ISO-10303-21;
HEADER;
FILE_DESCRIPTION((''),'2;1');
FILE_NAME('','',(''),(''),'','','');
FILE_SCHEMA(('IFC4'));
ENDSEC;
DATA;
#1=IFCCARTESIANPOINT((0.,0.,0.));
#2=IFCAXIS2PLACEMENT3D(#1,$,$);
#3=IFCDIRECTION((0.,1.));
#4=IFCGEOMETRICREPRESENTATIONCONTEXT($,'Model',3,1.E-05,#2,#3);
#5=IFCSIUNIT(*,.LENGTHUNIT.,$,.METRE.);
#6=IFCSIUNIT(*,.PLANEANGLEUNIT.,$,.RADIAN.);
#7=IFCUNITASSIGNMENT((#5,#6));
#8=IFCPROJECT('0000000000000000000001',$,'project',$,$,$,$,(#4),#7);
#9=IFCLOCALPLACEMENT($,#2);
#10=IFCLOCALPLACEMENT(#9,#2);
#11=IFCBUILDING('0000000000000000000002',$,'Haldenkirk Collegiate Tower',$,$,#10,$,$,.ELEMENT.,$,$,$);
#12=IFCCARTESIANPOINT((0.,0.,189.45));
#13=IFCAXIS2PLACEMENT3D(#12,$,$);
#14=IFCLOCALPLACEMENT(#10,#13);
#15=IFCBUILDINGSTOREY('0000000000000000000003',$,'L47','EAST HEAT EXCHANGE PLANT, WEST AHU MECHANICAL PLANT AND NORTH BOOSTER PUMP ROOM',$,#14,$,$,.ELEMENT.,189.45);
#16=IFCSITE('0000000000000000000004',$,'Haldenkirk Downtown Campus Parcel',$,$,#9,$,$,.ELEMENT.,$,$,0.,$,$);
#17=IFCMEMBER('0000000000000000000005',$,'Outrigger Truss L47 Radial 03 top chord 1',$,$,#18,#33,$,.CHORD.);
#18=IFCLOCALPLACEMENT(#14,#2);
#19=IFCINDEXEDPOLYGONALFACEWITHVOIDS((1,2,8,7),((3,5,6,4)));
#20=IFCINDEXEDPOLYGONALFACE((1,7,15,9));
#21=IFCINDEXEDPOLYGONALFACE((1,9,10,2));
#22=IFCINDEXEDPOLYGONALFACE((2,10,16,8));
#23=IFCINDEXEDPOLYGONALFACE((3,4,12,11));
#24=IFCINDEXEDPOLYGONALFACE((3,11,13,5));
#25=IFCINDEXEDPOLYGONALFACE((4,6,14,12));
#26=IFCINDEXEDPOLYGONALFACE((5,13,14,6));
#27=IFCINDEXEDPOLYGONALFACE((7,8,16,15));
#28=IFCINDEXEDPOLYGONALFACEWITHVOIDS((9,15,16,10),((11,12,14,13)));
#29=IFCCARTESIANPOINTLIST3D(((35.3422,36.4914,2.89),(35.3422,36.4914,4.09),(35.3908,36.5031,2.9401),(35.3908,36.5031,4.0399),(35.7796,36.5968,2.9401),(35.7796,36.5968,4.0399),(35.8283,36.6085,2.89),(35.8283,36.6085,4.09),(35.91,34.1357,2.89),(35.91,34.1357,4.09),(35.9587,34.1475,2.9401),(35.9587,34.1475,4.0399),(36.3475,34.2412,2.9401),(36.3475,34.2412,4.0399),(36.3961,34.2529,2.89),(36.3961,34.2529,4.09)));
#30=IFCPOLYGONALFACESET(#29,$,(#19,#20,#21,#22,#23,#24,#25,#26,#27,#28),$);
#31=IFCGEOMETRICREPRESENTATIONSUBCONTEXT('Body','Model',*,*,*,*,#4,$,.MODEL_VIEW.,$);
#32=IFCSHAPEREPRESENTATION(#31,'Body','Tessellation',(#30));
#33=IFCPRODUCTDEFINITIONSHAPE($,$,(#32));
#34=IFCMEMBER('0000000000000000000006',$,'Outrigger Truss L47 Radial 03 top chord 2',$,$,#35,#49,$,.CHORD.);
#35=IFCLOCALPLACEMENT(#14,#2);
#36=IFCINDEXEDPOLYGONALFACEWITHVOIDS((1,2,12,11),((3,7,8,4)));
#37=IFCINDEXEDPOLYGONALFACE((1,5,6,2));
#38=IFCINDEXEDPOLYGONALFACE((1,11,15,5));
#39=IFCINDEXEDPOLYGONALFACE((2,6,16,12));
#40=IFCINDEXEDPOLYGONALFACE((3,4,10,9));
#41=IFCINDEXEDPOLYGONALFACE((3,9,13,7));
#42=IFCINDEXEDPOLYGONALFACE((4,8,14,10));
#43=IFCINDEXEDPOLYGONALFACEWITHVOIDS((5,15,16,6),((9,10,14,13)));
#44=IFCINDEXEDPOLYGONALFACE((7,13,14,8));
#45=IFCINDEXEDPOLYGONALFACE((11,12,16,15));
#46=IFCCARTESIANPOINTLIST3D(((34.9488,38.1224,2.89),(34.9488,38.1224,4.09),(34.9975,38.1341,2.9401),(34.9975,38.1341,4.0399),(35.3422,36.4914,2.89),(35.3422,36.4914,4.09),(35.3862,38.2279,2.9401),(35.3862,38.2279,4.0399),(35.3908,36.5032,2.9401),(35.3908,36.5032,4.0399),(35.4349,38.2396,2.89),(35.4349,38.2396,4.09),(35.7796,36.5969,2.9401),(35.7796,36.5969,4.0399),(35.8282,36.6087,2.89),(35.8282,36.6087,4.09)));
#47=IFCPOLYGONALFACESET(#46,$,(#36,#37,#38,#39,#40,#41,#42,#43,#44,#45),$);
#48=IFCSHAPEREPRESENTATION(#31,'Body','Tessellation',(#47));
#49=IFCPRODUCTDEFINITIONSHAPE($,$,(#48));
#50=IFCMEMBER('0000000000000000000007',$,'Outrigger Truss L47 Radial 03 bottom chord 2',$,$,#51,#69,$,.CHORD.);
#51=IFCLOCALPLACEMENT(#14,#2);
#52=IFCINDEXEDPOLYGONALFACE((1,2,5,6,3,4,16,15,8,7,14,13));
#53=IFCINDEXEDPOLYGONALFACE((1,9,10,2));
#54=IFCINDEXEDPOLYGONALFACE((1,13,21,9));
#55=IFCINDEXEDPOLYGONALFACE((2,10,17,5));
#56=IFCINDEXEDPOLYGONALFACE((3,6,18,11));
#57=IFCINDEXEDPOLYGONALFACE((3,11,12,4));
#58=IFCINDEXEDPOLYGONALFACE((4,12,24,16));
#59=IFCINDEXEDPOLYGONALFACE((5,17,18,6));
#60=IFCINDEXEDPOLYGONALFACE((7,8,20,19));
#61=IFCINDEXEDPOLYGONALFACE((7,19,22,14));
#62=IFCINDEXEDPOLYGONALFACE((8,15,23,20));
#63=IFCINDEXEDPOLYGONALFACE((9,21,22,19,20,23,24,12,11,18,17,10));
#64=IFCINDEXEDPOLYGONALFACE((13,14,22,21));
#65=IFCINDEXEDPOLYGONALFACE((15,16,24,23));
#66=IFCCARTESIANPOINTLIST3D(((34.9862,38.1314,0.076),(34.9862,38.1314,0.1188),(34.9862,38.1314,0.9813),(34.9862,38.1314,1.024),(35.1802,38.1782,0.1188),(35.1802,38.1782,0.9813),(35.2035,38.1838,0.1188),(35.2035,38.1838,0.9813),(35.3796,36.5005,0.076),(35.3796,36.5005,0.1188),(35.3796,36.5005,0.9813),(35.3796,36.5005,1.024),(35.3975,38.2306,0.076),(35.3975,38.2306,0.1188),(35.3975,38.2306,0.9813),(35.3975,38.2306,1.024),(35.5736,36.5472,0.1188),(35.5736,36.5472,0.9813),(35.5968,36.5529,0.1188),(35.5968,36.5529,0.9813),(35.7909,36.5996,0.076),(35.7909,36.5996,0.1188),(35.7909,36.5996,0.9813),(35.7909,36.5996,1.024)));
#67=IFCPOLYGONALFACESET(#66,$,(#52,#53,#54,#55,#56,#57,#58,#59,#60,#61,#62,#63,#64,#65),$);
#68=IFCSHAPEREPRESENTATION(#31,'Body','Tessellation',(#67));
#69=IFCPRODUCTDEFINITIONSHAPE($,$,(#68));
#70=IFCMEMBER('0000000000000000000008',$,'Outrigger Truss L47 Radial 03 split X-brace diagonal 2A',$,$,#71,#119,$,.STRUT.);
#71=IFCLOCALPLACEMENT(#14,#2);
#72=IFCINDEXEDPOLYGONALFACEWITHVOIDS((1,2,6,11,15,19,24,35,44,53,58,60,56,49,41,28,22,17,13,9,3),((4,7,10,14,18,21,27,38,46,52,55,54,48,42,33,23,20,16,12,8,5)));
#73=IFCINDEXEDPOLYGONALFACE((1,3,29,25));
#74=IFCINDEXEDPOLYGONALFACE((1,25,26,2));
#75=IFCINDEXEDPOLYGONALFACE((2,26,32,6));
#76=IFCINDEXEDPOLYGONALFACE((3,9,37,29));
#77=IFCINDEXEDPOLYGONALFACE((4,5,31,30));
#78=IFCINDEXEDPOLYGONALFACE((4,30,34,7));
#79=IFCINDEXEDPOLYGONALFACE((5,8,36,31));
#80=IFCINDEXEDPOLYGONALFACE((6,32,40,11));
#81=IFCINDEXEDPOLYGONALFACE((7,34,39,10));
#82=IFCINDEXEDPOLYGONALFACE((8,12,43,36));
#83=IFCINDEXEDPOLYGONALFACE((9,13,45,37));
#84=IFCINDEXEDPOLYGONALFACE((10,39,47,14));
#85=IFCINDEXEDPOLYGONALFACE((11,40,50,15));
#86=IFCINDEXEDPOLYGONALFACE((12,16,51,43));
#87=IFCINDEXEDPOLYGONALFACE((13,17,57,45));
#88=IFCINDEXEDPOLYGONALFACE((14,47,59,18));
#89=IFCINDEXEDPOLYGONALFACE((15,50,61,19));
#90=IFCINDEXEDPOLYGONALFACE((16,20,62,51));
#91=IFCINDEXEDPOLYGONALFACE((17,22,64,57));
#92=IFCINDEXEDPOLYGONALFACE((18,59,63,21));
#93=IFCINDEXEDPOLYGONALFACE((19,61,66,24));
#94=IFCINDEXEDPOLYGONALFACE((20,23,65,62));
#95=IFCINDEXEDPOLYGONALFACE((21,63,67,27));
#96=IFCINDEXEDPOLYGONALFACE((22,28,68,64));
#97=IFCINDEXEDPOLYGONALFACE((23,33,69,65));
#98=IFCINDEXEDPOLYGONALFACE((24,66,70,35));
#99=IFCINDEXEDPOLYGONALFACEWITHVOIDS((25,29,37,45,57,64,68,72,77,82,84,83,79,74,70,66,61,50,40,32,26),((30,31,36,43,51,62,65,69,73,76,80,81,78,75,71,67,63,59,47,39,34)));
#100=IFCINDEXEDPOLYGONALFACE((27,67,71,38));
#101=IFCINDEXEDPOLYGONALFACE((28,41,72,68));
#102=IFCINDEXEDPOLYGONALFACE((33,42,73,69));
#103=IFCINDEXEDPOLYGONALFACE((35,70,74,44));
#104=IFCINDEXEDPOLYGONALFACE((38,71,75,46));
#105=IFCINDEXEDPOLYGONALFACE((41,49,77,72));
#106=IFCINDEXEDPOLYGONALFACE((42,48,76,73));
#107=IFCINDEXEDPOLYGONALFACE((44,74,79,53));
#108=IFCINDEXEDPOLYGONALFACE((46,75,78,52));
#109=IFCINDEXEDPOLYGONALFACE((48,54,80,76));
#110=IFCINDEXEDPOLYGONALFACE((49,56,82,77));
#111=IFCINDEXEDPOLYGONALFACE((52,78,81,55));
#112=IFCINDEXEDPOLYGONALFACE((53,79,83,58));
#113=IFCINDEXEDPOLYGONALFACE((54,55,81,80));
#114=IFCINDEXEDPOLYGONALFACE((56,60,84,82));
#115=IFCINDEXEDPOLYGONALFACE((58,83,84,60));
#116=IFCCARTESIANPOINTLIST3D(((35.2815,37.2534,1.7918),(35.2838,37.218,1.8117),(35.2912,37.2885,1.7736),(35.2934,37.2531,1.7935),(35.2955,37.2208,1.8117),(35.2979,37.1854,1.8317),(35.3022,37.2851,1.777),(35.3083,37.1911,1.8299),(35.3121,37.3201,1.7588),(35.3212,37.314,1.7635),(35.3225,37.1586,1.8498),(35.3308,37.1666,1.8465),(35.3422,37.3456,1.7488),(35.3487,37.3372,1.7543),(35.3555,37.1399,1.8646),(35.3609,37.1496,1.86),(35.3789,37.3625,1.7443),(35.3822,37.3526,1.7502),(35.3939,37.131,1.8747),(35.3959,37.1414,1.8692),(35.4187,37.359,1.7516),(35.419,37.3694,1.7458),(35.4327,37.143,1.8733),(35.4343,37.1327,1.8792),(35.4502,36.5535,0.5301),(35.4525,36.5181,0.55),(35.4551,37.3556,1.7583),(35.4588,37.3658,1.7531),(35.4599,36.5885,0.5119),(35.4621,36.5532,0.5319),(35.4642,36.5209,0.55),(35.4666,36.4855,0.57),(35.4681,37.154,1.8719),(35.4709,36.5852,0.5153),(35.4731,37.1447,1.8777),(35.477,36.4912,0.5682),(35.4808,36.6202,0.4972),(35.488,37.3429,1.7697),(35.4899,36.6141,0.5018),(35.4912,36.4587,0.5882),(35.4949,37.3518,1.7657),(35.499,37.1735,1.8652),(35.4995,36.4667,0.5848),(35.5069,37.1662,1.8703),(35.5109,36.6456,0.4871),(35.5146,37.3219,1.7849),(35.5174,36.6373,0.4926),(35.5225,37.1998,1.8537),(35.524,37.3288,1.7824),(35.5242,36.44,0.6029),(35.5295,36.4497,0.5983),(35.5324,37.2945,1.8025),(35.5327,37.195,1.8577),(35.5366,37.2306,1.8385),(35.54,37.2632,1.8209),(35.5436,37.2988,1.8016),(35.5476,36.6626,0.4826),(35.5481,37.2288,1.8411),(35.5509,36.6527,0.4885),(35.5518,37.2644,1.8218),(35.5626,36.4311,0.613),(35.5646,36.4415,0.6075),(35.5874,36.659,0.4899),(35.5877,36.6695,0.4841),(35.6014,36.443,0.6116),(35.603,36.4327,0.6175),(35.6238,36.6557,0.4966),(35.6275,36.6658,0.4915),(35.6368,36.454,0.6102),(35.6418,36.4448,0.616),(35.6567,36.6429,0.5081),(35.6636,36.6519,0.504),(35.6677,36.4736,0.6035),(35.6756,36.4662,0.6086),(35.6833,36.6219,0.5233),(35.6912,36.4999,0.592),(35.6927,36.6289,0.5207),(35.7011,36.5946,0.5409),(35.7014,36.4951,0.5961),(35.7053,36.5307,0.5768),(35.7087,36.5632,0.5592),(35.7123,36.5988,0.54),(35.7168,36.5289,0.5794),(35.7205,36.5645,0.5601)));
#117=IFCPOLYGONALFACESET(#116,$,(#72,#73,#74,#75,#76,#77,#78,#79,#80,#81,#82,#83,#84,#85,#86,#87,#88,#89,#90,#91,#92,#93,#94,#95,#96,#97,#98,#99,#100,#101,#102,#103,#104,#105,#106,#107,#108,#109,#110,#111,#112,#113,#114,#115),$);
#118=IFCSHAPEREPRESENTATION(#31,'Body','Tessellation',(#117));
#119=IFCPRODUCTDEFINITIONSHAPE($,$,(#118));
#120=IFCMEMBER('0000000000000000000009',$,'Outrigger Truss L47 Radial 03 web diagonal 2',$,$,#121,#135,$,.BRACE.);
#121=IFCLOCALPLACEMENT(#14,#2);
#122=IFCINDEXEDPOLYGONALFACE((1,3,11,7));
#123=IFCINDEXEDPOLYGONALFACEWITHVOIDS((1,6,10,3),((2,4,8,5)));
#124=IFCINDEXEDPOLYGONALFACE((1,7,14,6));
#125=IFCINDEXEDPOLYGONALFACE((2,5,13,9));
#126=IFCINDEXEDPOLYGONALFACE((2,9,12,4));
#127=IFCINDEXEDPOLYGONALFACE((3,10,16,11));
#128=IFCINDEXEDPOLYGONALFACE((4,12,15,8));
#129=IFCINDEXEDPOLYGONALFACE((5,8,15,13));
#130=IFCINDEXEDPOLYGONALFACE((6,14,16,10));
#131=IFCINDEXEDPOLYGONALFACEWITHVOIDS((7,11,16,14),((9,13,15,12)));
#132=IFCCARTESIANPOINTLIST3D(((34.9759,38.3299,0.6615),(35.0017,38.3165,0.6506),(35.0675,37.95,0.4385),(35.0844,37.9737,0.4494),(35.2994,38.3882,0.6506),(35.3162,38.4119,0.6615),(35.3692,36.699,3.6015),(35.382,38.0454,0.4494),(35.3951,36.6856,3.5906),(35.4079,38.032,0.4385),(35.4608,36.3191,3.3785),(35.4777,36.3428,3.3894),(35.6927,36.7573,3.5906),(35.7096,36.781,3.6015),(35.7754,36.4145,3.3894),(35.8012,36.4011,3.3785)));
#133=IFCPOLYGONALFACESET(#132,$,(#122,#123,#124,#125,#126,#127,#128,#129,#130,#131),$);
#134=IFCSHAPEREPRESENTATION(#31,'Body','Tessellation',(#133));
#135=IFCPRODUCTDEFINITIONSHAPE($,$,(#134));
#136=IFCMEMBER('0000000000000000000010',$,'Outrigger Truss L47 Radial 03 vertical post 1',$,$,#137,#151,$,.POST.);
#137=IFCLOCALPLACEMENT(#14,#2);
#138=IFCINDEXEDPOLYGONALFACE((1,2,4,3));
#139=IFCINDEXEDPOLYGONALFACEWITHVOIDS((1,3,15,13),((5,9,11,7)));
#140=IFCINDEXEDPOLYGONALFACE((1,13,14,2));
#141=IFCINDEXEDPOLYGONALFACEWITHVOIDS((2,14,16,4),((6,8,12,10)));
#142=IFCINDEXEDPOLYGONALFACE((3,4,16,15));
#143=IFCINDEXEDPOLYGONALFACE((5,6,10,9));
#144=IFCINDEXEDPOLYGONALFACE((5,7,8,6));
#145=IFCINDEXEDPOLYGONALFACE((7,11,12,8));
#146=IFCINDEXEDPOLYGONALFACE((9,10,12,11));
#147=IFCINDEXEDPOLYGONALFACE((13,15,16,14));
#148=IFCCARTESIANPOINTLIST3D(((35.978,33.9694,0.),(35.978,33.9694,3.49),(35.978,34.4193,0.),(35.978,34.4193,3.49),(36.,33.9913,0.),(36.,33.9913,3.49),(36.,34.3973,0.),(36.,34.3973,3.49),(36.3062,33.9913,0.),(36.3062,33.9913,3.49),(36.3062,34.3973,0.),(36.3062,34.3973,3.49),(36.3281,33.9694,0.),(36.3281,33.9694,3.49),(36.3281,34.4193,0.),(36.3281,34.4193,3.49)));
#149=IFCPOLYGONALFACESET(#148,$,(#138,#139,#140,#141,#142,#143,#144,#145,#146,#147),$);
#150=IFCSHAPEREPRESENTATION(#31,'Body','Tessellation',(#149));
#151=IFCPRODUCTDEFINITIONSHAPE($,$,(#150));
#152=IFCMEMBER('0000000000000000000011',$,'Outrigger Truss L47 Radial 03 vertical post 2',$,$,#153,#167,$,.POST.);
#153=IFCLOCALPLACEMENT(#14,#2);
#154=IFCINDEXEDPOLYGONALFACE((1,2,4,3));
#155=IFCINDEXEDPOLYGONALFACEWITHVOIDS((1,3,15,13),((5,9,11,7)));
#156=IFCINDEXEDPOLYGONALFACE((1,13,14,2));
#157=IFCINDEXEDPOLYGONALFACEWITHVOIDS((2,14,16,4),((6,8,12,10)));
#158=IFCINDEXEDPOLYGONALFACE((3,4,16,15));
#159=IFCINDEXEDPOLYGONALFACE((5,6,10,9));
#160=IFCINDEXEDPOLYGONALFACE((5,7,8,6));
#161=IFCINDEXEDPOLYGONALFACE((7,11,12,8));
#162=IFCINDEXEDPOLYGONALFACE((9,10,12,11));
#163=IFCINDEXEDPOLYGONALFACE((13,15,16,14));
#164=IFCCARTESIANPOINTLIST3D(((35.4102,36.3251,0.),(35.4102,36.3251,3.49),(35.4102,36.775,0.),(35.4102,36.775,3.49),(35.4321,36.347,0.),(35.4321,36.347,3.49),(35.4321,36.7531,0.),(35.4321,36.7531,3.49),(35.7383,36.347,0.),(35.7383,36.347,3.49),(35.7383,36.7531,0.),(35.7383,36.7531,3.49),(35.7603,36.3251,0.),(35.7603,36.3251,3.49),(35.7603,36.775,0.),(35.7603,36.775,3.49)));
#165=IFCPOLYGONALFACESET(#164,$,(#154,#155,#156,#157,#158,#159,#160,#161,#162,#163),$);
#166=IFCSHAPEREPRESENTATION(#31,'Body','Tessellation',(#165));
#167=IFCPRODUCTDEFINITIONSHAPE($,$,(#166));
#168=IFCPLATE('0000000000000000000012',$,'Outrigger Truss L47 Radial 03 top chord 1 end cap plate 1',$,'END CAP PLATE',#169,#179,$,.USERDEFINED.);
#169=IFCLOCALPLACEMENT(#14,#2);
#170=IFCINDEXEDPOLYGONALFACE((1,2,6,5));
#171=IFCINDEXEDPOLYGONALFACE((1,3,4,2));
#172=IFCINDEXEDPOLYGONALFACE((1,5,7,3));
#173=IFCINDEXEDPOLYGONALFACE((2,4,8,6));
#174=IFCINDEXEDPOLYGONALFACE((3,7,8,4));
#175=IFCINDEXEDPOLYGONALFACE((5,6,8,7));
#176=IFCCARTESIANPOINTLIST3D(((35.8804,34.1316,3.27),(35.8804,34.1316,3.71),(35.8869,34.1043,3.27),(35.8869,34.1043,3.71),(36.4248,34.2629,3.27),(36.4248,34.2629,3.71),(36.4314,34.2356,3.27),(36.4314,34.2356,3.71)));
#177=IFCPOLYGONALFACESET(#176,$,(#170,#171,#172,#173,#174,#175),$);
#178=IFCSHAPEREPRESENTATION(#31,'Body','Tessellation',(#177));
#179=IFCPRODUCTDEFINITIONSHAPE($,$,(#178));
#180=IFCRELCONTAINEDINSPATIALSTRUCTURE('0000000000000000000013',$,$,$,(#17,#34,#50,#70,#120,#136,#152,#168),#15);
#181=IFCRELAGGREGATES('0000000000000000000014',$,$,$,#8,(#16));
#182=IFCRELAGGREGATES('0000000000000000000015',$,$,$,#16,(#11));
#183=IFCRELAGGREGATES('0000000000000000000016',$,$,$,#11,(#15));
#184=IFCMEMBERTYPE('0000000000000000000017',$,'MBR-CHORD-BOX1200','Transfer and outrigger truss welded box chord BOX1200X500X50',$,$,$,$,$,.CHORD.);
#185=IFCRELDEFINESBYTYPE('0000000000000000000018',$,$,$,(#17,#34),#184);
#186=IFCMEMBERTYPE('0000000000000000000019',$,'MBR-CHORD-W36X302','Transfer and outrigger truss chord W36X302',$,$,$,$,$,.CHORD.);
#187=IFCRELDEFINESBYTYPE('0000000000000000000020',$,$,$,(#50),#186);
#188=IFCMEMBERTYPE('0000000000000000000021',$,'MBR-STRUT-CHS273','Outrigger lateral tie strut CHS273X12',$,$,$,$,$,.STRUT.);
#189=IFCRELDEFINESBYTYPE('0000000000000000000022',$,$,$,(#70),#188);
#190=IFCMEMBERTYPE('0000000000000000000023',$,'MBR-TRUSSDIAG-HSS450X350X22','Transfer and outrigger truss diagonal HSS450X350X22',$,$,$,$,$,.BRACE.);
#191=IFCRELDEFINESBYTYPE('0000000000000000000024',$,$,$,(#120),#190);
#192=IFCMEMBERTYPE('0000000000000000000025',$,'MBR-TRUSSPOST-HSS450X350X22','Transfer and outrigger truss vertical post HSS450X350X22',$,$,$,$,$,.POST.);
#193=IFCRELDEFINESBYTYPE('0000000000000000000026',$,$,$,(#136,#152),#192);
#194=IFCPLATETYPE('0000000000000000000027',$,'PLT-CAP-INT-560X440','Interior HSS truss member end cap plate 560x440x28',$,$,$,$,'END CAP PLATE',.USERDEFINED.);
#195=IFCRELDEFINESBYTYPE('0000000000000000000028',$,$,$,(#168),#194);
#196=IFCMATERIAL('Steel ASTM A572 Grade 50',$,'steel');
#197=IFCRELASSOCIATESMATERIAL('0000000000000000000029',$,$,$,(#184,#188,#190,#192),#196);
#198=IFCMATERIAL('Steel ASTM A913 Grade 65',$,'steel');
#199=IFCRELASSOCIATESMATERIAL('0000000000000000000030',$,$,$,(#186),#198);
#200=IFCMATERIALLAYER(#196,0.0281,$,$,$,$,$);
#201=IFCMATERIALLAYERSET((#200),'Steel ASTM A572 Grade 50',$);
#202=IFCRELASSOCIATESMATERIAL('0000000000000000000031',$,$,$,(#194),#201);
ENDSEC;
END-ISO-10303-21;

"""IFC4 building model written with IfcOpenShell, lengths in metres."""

from ifc_helpers import new_model, si_unit, direction, frame, origin, origin_2d, place, context, subcontext, project, spatial, rectangle, hollow_rectangle, hollow_circle, i_section, extrude, source, transform, mapped, material, layer, layer_set, material_profile, profile_set, type_object, element, save


model = new_model("IFC4")

# Units and contexts
model_context = context("Model", 3, precision=1e-05, world=origin(), true_north=direction((0.0, 1.0)))
body_context = subcontext(model_context, "Body", "Model", "MODEL_VIEW")
ifc_project = project(units=[si_unit("LENGTHUNIT", "METRE"), si_unit("PLANEANGLEUNIT", "RADIAN")], contexts=[model_context])

# Site, building, storey
site_placement = place(None, origin())
site = spatial("IfcSite", under=ifc_project, at=site_placement, Name="Haldenkirk Downtown Campus Parcel", CompositionType="ELEMENT", RefElevation=0.0)
building_placement = place(site_placement, origin())
building = spatial("IfcBuilding", under=site, at=building_placement, Name="Haldenkirk Collegiate Tower", CompositionType="ELEMENT")
storey_placement = place(building_placement, frame((0.0, 0.0, 189.45)))
storey = spatial("IfcBuildingStorey", under=building, at=storey_placement, Name="L47", Description="EAST HEAT EXCHANGE PLANT, WEST AHU MECHANICAL PLANT AND NORTH BOOSTER PUMP ROOM", CompositionType="ELEMENT", Elevation=189.45)

# Members
ifc_material_1 = material(Name="Steel ASTM A572 Grade 50", Category="steel")
ifc_material_profile_1 = material_profile(ifc_material_1, hollow_rectangle(XDim=0.5, YDim=1.2, WallThickness=0.05, at=origin_2d()), Name="BOX1200X500X50")
ifc_profile_set_1 = profile_set([ifc_material_profile_1], Name="Steel ASTM A572 Grade 50")
member_type_1 = type_object("IfcMemberType", Name="MBR-CHORD-BOX1200", Description="Transfer and outrigger truss welded box chord BOX1200X500X50", PredefinedType="CHORD", material=ifc_profile_set_1)
member_1_placement = place(storey_placement, frame((36.1531, 34.1943, 3.49), z_axis=(-0.234348, 0.972153, 0.0), x_axis=(-0.972153, -0.234348, 0.0)))
element("IfcMember", 1, at=member_1_placement, inside=storey, type_object=member_type_1, Name="Outrigger Truss L47 Radial 03 top chord 1", PredefinedType="CHORD", context=body_context, shape_type="SweptSolid", body=[
    extrude(hollow_rectangle(XDim=0.5, YDim=1.2, WallThickness=0.05, at=origin_2d()), origin(), (0.0, 0.0, 1.0), 2.4231),
])
member_2_placement = place(storey_placement, frame((35.5852, 36.55, 3.49), z_axis=(-0.234446, 0.972129, 0.0), x_axis=(-0.972129, -0.234446, 0.0)))
element("IfcMember", 2, at=member_2_placement, inside=storey, type_object=member_type_1, Name="Outrigger Truss L47 Radial 03 top chord 2", PredefinedType="CHORD", context=body_context, shape_type="SweptSolid", body=[
    extrude(hollow_rectangle(XDim=0.5, YDim=1.2, WallThickness=0.05, at=origin_2d()), origin(), (0.0, 0.0, 1.0), 1.6777),
])
ifc_material_2 = material(Name="Steel ASTM A913 Grade 65", Category="steel")
ifc_material_profile_2 = material_profile(ifc_material_2, i_section(OverallWidth=0.4231, OverallDepth=0.948, WebThickness=0.0239, FlangeThickness=0.0427, at=origin_2d()), Name="W36X302")
ifc_profile_set_2 = profile_set([ifc_material_profile_2], Name="Steel ASTM A913 Grade 65")
member_type_2 = type_object("IfcMemberType", Name="MBR-CHORD-W36X302", Description="Transfer and outrigger truss chord W36X302", PredefinedType="CHORD", material=ifc_profile_set_2)
member_3_placement = place(storey_placement, frame((35.5852, 36.55, 0.55), z_axis=(-0.234446, 0.972129, 0.0), x_axis=(-0.972129, -0.234446, 0.0)))
element("IfcMember", 3, at=member_3_placement, inside=storey, type_object=member_type_2, Name="Outrigger Truss L47 Radial 03 bottom chord 2", PredefinedType="CHORD", context=body_context, shape_type="SweptSolid", body=[
    extrude(i_section(OverallWidth=0.4231, OverallDepth=0.948, WebThickness=0.0239, FlangeThickness=0.0427, at=origin_2d()), origin(), (0.0, 0.0, 1.0), 1.6777),
])
ifc_material_profile_3 = material_profile(ifc_material_1, hollow_circle(Radius=0.1365, WallThickness=0.012, at=origin_2d()), Name="CHS273X12")
ifc_profile_set_3 = profile_set([ifc_material_profile_3], Name="Steel ASTM A572 Grade 50")
member_type_3 = type_object("IfcMemberType", Name="MBR-STRUT-CHS273", Description="Outrigger lateral tie strut CHS273X12", PredefinedType="STRUT", material=ifc_profile_set_3)
member_4_placement = place(storey_placement, frame((35.5852, 36.55, 0.55), z_axis=(-0.11613, 0.481829, 0.868536), x_axis=(-0.972162, -0.234309, 0.0)))
element("IfcMember", 4, at=member_4_placement, inside=storey, type_object=member_type_3, Name="Outrigger Truss L47 Radial 03 split X-brace diagonal 2A", PredefinedType="STRUT", context=body_context, shape_type="SweptSolid", body=[
    extrude(hollow_circle(Radius=0.1365, WallThickness=0.012, at=origin_2d()), origin(), (0.0, 0.0, 1.0), 1.4526),
])
ifc_material_profile_4 = material_profile(ifc_material_1, hollow_rectangle(XDim=0.3501, YDim=0.45, WallThickness=0.022, at=origin_2d()), Name="HSS450X350X22")
ifc_profile_set_4 = profile_set([ifc_material_profile_4], Name="Steel ASTM A572 Grade 50")
member_type_4 = type_object("IfcMemberType", Name="MBR-TRUSSDIAG-HSS450X350X22", Description="Transfer and outrigger truss diagonal HSS450X350X22", PredefinedType="BRACE", material=ifc_profile_set_4)
member_5_placement = place(storey_placement, frame((35.5852, 36.55, 3.49), z_axis=(-0.116195, 0.481802, -0.868542), x_axis=(-0.972129, -0.234446, 0.0)))
element("IfcMember", 5, at=member_5_placement, inside=storey, type_object=member_type_4, Name="Outrigger Truss L47 Radial 03 web diagonal 2", PredefinedType="BRACE", context=body_context, shape_type="SweptSolid", body=[
    extrude(hollow_rectangle(XDim=0.3501, YDim=0.45, WallThickness=0.022, at=origin_2d()), origin(), (0.0, 0.0, 1.0), 3.385),
])
ifc_material_profile_5 = material_profile(ifc_material_1, hollow_rectangle(XDim=0.3501, YDim=0.45, WallThickness=0.022, at=origin_2d()), Name="HSS450X350X22")
ifc_profile_set_5 = profile_set([ifc_material_profile_5], Name="Steel ASTM A572 Grade 50")
member_type_5 = type_object("IfcMemberType", Name="MBR-TRUSSPOST-HSS450X350X22", Description="Transfer and outrigger truss vertical post HSS450X350X22", PredefinedType="POST", material=ifc_profile_set_5)
for number, where, z_axis, x_axis, name in (
    (6, (36.1531, 34.1943, 0.0), (0.0, 0.0, 1.0), (1.0, 0.0, 0.0), "Outrigger Truss L47 Radial 03 vertical post 1"),
    (7, (35.5852, 36.55, 0.0), (0.0, 0.0, 1.0), (1.0, 0.0, 0.0), "Outrigger Truss L47 Radial 03 vertical post 2"),
):
    element("IfcMember", number, at=place(storey_placement, frame(where, z_axis=z_axis, x_axis=x_axis)), inside=storey, type_object=member_type_5, Name=name, PredefinedType="POST", context=body_context, shape_type="SweptSolid", body=[
        extrude(hollow_rectangle(XDim=0.3501, YDim=0.45, WallThickness=0.022, at=origin_2d()), origin(), (0.0, 0.0, 1.0), 3.49),
    ])

# Plate
ifc_layer_1 = layer(ifc_material_1, 0.0281)
ifc_layer_set_1 = layer_set([ifc_layer_1], Name="Steel ASTM A572 Grade 50")
plate_type_1 = type_object("IfcPlateType", Name="PLT-CAP-INT-560X440", Description="Interior HSS truss member end cap plate 560x440x28", ElementType="END CAP PLATE", PredefinedType="USERDEFINED", material=ifc_layer_set_1)
shared_shape_1 = source(origin(), body_context, "Body", "SweptSolid", [
    extrude(rectangle(XDim=0.5601, YDim=0.4399, at=origin_2d()), origin(), (0.0, 0.0, 1.0), 0.0281),
])
for number, where, z_axis, x_axis, name in (
    (8, (36.1526, 34.1973, 3.49), (0.234409, -0.972138, 0.0), (0.972138, 0.234409, 0.0), "Outrigger Truss L47 Radial 03 top chord 1 end cap plate 1"),
):
    element("IfcPlate", number, at=place(storey_placement, frame(where, z_axis=z_axis, x_axis=x_axis)), inside=storey, type_object=plate_type_1, Name=name, ObjectType="END CAP PLATE", PredefinedType="USERDEFINED", context=body_context, shape_type="MappedRepresentation", body=[
        mapped(shared_shape_1, transform((0.0, 0.0, 0.0), x_axis=(1.0, 0.0, 0.0), y_axis=(0.0, 1.0, 0.0), z_axis=(0.0, 0.0, 1.0), scale=1.0)),
    ])

save(model, "model.ifc")
